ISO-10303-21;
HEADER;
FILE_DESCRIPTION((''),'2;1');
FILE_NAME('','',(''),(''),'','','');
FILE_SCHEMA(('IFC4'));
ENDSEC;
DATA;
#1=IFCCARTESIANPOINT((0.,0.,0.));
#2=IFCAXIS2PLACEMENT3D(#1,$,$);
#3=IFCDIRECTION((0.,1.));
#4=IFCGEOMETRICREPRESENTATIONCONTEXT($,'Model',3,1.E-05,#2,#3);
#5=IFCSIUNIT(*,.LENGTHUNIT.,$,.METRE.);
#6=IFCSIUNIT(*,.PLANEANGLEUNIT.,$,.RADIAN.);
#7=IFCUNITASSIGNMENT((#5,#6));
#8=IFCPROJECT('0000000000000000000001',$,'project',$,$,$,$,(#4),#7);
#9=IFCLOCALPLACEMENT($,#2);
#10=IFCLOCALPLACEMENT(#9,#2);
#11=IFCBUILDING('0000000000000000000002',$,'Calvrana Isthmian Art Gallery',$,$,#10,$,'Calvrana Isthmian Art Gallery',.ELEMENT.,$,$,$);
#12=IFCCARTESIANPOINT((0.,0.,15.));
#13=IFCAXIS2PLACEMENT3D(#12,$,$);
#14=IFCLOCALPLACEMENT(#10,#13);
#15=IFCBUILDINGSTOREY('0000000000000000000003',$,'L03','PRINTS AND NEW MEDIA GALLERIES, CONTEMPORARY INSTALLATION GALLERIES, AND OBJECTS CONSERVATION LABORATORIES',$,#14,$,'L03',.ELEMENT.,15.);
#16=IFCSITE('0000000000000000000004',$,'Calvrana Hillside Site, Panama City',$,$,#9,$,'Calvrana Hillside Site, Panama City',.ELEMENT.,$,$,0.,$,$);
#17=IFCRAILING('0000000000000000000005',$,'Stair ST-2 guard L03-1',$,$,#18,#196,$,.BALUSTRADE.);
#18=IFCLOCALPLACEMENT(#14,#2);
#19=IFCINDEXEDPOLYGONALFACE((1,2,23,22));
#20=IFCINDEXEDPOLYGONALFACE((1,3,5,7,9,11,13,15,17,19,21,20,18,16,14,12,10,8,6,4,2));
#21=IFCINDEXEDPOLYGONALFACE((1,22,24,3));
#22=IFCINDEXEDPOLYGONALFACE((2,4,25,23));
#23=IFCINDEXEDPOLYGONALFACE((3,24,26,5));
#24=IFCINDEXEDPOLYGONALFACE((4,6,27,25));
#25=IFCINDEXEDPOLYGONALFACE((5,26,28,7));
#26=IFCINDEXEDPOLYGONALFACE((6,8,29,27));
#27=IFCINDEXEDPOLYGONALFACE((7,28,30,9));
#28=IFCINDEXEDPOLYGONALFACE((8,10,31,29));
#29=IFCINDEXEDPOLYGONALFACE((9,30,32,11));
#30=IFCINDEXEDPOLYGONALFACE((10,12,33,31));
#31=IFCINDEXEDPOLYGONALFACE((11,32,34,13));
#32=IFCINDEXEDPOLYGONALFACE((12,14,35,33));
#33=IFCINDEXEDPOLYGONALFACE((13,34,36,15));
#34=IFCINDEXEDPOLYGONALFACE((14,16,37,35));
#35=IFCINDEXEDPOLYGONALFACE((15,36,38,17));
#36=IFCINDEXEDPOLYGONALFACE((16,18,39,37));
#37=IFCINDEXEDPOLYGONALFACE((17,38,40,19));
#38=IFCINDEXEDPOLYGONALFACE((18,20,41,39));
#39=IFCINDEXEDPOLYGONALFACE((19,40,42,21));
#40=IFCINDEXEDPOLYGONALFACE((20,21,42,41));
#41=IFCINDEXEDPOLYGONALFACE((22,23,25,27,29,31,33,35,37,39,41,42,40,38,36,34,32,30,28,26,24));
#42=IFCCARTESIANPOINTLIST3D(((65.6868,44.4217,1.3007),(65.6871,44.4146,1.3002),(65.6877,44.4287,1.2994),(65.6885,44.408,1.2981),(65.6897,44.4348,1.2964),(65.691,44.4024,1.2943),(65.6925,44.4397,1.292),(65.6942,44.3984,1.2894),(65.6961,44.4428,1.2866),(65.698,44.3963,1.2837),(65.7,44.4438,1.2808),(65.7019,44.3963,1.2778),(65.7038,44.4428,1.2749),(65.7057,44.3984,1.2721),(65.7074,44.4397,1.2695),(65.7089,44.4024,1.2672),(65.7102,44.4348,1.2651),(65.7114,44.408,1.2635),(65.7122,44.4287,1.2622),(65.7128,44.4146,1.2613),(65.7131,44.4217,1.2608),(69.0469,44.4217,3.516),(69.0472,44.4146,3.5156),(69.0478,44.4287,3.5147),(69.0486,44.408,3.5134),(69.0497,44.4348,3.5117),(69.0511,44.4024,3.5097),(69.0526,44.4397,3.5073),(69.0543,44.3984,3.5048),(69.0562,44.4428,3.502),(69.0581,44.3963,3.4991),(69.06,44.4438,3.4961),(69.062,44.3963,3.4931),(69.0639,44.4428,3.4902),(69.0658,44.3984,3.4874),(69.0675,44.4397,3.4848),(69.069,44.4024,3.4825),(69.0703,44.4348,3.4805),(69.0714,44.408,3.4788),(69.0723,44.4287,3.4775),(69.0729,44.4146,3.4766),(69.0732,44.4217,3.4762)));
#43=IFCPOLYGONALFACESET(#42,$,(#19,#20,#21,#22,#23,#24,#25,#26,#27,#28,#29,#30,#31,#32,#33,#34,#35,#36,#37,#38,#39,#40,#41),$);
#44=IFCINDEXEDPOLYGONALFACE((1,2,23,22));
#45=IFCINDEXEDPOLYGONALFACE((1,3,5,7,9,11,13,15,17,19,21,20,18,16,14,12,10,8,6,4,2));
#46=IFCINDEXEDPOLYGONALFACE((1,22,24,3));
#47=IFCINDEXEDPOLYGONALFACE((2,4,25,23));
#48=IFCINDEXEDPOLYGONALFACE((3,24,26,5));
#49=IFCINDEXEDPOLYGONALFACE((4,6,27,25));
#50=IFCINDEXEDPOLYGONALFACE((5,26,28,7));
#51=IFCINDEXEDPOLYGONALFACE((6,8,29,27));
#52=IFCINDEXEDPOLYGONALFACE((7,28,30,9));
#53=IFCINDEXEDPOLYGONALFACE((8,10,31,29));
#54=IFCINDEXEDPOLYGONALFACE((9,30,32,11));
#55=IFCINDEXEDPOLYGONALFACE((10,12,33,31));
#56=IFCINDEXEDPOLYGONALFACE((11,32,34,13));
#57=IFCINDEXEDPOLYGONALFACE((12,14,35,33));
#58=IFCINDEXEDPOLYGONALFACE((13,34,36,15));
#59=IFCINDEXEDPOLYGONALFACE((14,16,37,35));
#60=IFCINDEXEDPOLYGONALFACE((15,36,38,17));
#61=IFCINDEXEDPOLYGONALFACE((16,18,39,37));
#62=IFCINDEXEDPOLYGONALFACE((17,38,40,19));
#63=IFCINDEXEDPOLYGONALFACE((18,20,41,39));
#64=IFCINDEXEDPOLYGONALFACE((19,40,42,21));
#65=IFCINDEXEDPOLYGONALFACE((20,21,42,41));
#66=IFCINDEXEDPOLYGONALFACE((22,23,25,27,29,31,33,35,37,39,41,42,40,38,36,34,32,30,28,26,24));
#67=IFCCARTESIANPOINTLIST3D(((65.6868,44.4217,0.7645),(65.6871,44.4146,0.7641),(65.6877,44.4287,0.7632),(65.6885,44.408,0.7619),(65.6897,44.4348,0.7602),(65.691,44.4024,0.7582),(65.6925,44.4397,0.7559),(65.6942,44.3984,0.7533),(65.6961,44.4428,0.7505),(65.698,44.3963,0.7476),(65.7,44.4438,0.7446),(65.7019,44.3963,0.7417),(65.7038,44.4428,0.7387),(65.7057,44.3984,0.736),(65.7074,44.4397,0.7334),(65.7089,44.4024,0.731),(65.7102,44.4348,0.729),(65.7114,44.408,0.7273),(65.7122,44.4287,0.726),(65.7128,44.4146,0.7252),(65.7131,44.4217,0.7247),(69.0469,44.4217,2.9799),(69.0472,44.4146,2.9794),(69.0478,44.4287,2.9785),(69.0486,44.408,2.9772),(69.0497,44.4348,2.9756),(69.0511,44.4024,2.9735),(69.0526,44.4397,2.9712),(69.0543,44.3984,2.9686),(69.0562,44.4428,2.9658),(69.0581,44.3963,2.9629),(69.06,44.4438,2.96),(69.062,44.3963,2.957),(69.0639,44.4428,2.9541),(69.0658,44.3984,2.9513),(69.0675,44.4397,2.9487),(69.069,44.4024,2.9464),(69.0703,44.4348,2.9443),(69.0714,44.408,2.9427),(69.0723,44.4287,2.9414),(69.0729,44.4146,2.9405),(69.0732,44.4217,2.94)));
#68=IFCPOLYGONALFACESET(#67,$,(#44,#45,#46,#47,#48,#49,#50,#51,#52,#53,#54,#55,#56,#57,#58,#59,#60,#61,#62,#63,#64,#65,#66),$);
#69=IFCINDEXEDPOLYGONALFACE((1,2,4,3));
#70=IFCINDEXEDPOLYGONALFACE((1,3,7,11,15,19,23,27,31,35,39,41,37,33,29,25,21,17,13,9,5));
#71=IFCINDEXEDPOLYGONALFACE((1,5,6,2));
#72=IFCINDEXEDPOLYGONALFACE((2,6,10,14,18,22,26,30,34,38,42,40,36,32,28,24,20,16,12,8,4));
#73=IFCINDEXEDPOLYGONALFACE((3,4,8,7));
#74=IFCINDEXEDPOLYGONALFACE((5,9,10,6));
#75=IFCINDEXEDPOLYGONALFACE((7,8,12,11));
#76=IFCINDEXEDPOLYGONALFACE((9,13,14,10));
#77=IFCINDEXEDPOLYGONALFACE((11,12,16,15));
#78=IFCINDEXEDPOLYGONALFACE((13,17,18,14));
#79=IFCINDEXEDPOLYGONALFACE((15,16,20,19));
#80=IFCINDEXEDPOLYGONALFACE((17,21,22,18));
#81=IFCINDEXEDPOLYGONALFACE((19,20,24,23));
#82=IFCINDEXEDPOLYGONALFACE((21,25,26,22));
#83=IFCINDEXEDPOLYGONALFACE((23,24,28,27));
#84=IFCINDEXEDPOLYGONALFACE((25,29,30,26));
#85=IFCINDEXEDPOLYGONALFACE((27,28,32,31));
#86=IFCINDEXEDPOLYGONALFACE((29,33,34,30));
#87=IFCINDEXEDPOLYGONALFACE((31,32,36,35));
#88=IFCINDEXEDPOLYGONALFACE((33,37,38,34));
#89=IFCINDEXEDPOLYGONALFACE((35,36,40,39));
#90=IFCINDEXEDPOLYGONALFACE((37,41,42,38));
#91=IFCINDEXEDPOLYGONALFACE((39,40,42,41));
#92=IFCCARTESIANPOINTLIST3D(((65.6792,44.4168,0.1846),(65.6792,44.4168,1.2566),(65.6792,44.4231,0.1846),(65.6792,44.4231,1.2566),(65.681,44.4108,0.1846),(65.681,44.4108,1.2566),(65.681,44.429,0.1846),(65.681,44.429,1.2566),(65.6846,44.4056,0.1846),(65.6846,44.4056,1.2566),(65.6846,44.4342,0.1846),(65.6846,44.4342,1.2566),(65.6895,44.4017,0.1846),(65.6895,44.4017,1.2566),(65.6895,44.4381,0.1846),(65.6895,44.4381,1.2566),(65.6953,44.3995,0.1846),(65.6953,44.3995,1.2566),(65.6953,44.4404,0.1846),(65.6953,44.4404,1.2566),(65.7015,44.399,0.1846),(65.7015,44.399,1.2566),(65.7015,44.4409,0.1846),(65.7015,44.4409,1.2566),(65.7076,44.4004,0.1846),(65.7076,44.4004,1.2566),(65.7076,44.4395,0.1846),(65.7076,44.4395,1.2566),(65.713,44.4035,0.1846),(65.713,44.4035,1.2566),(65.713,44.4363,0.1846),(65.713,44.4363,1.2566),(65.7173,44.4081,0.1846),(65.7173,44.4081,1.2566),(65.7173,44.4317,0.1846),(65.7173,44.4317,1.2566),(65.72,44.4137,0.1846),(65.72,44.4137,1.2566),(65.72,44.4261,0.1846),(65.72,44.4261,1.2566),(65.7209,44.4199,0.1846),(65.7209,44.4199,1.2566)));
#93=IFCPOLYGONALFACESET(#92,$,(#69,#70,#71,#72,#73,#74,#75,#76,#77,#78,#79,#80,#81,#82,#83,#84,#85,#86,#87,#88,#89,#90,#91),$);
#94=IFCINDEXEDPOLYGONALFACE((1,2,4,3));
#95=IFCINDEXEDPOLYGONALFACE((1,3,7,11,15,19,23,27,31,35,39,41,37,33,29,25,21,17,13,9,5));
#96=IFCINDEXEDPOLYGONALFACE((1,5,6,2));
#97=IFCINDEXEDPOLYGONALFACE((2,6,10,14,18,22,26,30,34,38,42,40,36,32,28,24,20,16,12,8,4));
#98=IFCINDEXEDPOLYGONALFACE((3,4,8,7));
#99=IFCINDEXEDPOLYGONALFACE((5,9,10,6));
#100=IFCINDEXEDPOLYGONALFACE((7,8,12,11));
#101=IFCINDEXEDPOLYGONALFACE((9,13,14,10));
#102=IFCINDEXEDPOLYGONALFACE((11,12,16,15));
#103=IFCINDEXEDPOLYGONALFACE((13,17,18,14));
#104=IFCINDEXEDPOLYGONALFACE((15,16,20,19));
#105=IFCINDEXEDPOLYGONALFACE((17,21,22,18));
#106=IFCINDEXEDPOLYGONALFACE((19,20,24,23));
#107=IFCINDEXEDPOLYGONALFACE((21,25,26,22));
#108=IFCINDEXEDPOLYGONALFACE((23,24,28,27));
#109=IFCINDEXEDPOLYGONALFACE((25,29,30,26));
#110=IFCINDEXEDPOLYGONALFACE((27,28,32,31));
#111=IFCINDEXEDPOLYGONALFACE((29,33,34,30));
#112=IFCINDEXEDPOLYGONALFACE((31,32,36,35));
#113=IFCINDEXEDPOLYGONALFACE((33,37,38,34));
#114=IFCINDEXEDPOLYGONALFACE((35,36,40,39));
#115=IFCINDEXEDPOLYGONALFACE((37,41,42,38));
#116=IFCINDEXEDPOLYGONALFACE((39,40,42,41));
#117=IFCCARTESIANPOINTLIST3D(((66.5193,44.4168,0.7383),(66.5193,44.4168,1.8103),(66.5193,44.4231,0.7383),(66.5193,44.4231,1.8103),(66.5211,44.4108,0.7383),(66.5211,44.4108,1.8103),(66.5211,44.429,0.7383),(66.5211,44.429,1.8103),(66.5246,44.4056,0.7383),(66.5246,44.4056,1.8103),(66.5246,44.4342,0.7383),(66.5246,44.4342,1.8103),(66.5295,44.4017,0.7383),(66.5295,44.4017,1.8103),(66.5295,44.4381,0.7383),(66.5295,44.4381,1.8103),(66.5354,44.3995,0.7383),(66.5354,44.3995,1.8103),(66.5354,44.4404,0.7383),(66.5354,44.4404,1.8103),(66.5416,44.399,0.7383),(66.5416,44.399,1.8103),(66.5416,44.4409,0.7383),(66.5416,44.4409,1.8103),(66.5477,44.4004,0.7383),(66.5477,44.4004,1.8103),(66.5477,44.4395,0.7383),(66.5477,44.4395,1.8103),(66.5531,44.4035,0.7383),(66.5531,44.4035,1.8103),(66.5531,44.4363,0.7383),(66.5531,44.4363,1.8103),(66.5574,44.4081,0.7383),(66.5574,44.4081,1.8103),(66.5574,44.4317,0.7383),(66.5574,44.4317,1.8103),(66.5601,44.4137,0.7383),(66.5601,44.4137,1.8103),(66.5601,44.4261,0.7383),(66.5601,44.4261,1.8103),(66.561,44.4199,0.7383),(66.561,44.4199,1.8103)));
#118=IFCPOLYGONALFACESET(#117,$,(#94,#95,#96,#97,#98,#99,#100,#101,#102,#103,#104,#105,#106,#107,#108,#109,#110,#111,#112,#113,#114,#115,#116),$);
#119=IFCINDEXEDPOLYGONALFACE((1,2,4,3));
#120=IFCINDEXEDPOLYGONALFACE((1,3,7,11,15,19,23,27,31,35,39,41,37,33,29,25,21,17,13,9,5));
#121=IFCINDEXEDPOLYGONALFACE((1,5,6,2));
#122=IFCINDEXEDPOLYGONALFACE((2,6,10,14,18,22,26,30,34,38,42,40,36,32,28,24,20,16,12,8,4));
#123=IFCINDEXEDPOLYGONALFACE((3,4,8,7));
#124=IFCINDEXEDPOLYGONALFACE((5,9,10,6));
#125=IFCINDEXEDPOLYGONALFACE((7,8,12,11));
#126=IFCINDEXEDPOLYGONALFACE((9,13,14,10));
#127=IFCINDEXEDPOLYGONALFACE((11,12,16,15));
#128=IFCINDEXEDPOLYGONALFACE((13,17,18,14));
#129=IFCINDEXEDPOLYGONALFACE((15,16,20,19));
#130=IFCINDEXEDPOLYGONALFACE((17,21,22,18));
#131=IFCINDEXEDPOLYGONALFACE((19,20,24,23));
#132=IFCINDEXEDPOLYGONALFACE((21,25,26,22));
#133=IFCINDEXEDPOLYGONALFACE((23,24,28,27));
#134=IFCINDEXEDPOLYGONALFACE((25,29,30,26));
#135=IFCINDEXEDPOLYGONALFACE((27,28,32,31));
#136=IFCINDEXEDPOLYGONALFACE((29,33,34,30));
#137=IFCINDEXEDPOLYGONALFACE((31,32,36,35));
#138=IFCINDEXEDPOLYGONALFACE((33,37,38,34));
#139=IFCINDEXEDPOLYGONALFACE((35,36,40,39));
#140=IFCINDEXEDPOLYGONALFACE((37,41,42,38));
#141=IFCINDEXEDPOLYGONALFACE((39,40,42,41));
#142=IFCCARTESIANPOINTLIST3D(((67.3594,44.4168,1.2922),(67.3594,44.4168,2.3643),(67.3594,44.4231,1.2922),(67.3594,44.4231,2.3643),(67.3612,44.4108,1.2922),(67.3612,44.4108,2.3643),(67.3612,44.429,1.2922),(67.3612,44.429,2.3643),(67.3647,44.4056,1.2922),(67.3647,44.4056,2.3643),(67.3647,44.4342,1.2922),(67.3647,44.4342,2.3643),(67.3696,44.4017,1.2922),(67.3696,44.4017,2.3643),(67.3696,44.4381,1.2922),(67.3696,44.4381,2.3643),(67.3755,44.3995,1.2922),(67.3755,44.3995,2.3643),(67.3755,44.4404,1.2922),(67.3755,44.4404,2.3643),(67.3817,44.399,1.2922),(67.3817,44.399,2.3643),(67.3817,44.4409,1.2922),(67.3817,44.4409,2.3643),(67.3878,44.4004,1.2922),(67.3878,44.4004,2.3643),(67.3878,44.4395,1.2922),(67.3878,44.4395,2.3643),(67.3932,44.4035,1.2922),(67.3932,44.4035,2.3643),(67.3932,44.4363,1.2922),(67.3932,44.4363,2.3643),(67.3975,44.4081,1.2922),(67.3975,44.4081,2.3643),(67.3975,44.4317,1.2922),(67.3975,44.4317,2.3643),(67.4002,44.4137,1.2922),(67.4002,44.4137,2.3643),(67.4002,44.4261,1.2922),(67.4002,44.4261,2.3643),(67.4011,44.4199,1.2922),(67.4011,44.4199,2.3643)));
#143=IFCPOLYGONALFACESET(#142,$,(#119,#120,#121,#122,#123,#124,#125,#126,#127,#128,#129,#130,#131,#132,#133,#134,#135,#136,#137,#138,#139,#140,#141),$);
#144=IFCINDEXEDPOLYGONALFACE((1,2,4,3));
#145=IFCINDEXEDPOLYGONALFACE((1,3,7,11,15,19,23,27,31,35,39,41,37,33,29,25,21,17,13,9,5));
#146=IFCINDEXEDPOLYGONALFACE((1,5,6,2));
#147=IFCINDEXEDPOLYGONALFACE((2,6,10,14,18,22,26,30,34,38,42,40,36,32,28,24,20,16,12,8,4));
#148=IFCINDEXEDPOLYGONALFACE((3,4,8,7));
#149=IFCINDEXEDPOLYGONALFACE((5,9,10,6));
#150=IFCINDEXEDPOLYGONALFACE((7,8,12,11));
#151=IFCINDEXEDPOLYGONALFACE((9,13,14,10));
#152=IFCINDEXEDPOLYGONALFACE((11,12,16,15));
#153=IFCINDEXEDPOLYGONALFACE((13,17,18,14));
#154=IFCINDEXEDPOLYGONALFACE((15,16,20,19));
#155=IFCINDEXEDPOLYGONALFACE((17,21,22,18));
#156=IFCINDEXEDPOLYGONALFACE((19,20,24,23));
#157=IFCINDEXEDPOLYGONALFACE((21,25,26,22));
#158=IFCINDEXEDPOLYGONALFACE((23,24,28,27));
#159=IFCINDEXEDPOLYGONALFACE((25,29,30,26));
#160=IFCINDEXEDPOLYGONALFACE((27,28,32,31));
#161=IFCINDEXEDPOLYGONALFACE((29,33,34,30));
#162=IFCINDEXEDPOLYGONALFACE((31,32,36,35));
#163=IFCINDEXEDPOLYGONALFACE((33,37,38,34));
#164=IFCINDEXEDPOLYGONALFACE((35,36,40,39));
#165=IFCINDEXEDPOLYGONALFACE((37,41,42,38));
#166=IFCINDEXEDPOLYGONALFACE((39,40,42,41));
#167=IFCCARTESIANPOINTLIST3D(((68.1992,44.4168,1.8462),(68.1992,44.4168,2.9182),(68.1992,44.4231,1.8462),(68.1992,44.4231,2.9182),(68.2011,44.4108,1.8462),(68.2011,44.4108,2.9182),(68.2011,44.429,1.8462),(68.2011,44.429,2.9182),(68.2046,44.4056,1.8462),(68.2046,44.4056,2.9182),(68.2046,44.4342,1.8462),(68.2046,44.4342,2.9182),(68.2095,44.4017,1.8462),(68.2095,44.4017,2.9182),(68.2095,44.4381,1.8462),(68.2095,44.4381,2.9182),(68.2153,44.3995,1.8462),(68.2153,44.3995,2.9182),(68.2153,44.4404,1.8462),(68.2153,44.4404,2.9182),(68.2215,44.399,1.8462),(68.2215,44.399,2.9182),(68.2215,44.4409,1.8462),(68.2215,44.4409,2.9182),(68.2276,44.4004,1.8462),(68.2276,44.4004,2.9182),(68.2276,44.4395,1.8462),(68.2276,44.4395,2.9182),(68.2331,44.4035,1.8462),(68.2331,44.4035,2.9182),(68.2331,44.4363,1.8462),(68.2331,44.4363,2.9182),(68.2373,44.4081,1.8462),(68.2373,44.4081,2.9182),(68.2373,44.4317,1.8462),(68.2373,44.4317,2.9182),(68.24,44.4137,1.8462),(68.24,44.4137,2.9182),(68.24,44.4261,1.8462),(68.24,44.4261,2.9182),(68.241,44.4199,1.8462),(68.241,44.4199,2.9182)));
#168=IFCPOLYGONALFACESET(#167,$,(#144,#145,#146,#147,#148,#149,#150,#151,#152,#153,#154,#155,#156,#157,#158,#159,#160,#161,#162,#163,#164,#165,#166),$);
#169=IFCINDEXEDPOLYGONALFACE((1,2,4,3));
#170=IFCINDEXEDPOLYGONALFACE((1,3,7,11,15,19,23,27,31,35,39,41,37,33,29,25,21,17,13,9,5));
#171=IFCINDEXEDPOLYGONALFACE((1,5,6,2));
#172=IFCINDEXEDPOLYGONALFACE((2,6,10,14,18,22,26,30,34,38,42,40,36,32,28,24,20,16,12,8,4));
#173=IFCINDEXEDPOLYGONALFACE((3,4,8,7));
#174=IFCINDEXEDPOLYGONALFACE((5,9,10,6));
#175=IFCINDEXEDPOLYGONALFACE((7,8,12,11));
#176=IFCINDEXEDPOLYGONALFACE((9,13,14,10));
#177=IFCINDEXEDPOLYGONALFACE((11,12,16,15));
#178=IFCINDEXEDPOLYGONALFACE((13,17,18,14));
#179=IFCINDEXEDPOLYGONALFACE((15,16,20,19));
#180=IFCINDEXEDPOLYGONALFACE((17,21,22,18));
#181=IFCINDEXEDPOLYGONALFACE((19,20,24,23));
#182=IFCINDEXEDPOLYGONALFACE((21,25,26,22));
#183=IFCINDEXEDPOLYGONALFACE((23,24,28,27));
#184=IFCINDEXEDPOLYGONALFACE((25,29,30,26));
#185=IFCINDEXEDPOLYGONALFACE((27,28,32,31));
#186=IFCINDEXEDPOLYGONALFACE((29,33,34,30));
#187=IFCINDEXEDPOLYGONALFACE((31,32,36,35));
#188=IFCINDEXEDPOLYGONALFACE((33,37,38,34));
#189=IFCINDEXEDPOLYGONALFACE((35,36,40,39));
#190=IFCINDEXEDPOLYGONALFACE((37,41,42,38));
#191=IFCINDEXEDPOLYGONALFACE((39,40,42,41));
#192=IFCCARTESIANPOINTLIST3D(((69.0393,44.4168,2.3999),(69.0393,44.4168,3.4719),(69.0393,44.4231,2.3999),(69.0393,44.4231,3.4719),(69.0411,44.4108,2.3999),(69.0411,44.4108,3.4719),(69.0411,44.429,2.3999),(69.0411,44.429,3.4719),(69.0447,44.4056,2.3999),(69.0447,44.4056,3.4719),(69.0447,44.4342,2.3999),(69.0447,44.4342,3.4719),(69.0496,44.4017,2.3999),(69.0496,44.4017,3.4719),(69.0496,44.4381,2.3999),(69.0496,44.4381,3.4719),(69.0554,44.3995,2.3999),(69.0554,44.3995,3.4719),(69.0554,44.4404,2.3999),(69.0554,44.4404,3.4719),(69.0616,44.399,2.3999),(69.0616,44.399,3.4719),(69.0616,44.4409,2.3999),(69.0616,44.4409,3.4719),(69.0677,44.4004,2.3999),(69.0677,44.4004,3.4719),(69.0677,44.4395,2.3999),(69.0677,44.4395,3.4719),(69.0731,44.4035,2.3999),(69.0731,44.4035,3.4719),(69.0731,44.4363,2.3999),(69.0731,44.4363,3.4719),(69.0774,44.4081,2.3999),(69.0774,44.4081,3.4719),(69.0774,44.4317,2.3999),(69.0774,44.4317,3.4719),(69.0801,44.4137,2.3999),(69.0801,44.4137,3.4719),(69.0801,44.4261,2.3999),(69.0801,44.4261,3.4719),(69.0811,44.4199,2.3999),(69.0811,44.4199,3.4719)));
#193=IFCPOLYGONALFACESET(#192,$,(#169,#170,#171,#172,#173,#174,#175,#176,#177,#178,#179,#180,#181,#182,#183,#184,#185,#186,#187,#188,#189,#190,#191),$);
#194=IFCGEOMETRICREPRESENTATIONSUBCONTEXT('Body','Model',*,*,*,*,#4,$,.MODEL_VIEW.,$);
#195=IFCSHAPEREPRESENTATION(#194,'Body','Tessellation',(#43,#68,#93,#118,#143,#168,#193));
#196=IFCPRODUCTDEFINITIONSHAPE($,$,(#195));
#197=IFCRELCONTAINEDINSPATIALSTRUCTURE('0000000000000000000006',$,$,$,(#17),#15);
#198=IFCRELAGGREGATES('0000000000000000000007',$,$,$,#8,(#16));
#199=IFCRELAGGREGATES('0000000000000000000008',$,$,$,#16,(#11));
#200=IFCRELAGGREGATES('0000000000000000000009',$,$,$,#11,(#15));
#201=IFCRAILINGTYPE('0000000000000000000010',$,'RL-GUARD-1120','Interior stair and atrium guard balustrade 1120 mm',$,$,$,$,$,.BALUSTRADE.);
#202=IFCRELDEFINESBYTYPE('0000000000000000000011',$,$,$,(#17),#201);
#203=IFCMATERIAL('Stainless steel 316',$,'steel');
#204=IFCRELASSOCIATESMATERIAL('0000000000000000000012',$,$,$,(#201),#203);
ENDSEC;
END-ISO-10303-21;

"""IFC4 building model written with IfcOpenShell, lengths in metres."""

from ifc_helpers import new_model, si_unit, direction, frame, origin, origin_2d, place, context, subcontext, project, spatial, circle, extrude, material, type_object, element, save


model = new_model("IFC4")

# Units and contexts
model_context = context("Model", 3, precision=1e-05, world=origin(), true_north=direction((0.0, 1.0)))
body_context = subcontext(model_context, "Body", "Model", "MODEL_VIEW")
ifc_project = project(units=[si_unit("LENGTHUNIT", "METRE"), si_unit("PLANEANGLEUNIT", "RADIAN")], contexts=[model_context])

# Site, building, storey
site_placement = place(None, origin())
site = spatial("IfcSite", under=ifc_project, at=site_placement, Name="Calvrana Hillside Site, Panama City", LongName="Calvrana Hillside Site, Panama City", CompositionType="ELEMENT", RefElevation=0.0)
building_placement = place(site_placement, origin())
building = spatial("IfcBuilding", under=site, at=building_placement, Name="Calvrana Isthmian Art Gallery", LongName="Calvrana Isthmian Art Gallery", CompositionType="ELEMENT")
storey_placement = place(building_placement, frame((0.0, 0.0, 15.0)))
storey = spatial("IfcBuildingStorey", under=building, at=storey_placement, Name="L03", Description="PRINTS AND NEW MEDIA GALLERIES, CONTEMPORARY INSTALLATION GALLERIES, AND OBJECTS CONSERVATION LABORATORIES", LongName="L03", CompositionType="ELEMENT", Elevation=15.0)

# Railing
ifc_material_1 = material(Name="Stainless steel 316", Category="steel")
railing_type_1 = type_object("IfcRailingType", Name="RL-GUARD-1120", Description="Interior stair and atrium guard balustrade 1120 mm", PredefinedType="BALUSTRADE", material=ifc_material_1)
railing_1_placement = place(storey_placement, frame((65.7, 44.4199, 0.1846)))
element("IfcRailing", 1, at=railing_1_placement, inside=storey, type_object=railing_type_1, Name="Stair ST-2 guard L03-1", PredefinedType="BALUSTRADE", context=body_context, shape_type="SweptSolid", body=[
    extrude(circle(Radius=0.0239, at=origin_2d()), frame((0.0, 0.0, 1.0962), z_axis=(0.834876, 0.0, 0.550437), x_axis=(0.0, 1.0, 0.0)), (0.0, 0.0, 1.0), 4.0247),
    extrude(circle(Radius=0.0239, at=origin_2d()), frame((0.0, 0.0, 0.5601), z_axis=(0.834876, 0.0, 0.550437), x_axis=(0.0, 1.0, 0.0)), (0.0, 0.0, 1.0), 4.0247),
    extrude(circle(Radius=0.021, at=origin_2d()), origin(), (0.0, 0.0, 1.0), 1.072),
    extrude(circle(Radius=0.021, at=origin_2d()), frame((0.8401, 0.0, 0.5537)), (0.0, 0.0, 1.0), 1.072),
    extrude(circle(Radius=0.021, at=origin_2d()), frame((1.6802, 0.0, 1.1077)), (0.0, 0.0, 1.0), 1.072),
    extrude(circle(Radius=0.021, at=origin_2d()), frame((2.52, 0.0, 1.6616)), (0.0, 0.0, 1.0), 1.072),
    extrude(circle(Radius=0.021, at=origin_2d()), frame((3.3601, 0.0, 2.2153)), (0.0, 0.0, 1.0), 1.072),
])

save(model, "model.ifc")
